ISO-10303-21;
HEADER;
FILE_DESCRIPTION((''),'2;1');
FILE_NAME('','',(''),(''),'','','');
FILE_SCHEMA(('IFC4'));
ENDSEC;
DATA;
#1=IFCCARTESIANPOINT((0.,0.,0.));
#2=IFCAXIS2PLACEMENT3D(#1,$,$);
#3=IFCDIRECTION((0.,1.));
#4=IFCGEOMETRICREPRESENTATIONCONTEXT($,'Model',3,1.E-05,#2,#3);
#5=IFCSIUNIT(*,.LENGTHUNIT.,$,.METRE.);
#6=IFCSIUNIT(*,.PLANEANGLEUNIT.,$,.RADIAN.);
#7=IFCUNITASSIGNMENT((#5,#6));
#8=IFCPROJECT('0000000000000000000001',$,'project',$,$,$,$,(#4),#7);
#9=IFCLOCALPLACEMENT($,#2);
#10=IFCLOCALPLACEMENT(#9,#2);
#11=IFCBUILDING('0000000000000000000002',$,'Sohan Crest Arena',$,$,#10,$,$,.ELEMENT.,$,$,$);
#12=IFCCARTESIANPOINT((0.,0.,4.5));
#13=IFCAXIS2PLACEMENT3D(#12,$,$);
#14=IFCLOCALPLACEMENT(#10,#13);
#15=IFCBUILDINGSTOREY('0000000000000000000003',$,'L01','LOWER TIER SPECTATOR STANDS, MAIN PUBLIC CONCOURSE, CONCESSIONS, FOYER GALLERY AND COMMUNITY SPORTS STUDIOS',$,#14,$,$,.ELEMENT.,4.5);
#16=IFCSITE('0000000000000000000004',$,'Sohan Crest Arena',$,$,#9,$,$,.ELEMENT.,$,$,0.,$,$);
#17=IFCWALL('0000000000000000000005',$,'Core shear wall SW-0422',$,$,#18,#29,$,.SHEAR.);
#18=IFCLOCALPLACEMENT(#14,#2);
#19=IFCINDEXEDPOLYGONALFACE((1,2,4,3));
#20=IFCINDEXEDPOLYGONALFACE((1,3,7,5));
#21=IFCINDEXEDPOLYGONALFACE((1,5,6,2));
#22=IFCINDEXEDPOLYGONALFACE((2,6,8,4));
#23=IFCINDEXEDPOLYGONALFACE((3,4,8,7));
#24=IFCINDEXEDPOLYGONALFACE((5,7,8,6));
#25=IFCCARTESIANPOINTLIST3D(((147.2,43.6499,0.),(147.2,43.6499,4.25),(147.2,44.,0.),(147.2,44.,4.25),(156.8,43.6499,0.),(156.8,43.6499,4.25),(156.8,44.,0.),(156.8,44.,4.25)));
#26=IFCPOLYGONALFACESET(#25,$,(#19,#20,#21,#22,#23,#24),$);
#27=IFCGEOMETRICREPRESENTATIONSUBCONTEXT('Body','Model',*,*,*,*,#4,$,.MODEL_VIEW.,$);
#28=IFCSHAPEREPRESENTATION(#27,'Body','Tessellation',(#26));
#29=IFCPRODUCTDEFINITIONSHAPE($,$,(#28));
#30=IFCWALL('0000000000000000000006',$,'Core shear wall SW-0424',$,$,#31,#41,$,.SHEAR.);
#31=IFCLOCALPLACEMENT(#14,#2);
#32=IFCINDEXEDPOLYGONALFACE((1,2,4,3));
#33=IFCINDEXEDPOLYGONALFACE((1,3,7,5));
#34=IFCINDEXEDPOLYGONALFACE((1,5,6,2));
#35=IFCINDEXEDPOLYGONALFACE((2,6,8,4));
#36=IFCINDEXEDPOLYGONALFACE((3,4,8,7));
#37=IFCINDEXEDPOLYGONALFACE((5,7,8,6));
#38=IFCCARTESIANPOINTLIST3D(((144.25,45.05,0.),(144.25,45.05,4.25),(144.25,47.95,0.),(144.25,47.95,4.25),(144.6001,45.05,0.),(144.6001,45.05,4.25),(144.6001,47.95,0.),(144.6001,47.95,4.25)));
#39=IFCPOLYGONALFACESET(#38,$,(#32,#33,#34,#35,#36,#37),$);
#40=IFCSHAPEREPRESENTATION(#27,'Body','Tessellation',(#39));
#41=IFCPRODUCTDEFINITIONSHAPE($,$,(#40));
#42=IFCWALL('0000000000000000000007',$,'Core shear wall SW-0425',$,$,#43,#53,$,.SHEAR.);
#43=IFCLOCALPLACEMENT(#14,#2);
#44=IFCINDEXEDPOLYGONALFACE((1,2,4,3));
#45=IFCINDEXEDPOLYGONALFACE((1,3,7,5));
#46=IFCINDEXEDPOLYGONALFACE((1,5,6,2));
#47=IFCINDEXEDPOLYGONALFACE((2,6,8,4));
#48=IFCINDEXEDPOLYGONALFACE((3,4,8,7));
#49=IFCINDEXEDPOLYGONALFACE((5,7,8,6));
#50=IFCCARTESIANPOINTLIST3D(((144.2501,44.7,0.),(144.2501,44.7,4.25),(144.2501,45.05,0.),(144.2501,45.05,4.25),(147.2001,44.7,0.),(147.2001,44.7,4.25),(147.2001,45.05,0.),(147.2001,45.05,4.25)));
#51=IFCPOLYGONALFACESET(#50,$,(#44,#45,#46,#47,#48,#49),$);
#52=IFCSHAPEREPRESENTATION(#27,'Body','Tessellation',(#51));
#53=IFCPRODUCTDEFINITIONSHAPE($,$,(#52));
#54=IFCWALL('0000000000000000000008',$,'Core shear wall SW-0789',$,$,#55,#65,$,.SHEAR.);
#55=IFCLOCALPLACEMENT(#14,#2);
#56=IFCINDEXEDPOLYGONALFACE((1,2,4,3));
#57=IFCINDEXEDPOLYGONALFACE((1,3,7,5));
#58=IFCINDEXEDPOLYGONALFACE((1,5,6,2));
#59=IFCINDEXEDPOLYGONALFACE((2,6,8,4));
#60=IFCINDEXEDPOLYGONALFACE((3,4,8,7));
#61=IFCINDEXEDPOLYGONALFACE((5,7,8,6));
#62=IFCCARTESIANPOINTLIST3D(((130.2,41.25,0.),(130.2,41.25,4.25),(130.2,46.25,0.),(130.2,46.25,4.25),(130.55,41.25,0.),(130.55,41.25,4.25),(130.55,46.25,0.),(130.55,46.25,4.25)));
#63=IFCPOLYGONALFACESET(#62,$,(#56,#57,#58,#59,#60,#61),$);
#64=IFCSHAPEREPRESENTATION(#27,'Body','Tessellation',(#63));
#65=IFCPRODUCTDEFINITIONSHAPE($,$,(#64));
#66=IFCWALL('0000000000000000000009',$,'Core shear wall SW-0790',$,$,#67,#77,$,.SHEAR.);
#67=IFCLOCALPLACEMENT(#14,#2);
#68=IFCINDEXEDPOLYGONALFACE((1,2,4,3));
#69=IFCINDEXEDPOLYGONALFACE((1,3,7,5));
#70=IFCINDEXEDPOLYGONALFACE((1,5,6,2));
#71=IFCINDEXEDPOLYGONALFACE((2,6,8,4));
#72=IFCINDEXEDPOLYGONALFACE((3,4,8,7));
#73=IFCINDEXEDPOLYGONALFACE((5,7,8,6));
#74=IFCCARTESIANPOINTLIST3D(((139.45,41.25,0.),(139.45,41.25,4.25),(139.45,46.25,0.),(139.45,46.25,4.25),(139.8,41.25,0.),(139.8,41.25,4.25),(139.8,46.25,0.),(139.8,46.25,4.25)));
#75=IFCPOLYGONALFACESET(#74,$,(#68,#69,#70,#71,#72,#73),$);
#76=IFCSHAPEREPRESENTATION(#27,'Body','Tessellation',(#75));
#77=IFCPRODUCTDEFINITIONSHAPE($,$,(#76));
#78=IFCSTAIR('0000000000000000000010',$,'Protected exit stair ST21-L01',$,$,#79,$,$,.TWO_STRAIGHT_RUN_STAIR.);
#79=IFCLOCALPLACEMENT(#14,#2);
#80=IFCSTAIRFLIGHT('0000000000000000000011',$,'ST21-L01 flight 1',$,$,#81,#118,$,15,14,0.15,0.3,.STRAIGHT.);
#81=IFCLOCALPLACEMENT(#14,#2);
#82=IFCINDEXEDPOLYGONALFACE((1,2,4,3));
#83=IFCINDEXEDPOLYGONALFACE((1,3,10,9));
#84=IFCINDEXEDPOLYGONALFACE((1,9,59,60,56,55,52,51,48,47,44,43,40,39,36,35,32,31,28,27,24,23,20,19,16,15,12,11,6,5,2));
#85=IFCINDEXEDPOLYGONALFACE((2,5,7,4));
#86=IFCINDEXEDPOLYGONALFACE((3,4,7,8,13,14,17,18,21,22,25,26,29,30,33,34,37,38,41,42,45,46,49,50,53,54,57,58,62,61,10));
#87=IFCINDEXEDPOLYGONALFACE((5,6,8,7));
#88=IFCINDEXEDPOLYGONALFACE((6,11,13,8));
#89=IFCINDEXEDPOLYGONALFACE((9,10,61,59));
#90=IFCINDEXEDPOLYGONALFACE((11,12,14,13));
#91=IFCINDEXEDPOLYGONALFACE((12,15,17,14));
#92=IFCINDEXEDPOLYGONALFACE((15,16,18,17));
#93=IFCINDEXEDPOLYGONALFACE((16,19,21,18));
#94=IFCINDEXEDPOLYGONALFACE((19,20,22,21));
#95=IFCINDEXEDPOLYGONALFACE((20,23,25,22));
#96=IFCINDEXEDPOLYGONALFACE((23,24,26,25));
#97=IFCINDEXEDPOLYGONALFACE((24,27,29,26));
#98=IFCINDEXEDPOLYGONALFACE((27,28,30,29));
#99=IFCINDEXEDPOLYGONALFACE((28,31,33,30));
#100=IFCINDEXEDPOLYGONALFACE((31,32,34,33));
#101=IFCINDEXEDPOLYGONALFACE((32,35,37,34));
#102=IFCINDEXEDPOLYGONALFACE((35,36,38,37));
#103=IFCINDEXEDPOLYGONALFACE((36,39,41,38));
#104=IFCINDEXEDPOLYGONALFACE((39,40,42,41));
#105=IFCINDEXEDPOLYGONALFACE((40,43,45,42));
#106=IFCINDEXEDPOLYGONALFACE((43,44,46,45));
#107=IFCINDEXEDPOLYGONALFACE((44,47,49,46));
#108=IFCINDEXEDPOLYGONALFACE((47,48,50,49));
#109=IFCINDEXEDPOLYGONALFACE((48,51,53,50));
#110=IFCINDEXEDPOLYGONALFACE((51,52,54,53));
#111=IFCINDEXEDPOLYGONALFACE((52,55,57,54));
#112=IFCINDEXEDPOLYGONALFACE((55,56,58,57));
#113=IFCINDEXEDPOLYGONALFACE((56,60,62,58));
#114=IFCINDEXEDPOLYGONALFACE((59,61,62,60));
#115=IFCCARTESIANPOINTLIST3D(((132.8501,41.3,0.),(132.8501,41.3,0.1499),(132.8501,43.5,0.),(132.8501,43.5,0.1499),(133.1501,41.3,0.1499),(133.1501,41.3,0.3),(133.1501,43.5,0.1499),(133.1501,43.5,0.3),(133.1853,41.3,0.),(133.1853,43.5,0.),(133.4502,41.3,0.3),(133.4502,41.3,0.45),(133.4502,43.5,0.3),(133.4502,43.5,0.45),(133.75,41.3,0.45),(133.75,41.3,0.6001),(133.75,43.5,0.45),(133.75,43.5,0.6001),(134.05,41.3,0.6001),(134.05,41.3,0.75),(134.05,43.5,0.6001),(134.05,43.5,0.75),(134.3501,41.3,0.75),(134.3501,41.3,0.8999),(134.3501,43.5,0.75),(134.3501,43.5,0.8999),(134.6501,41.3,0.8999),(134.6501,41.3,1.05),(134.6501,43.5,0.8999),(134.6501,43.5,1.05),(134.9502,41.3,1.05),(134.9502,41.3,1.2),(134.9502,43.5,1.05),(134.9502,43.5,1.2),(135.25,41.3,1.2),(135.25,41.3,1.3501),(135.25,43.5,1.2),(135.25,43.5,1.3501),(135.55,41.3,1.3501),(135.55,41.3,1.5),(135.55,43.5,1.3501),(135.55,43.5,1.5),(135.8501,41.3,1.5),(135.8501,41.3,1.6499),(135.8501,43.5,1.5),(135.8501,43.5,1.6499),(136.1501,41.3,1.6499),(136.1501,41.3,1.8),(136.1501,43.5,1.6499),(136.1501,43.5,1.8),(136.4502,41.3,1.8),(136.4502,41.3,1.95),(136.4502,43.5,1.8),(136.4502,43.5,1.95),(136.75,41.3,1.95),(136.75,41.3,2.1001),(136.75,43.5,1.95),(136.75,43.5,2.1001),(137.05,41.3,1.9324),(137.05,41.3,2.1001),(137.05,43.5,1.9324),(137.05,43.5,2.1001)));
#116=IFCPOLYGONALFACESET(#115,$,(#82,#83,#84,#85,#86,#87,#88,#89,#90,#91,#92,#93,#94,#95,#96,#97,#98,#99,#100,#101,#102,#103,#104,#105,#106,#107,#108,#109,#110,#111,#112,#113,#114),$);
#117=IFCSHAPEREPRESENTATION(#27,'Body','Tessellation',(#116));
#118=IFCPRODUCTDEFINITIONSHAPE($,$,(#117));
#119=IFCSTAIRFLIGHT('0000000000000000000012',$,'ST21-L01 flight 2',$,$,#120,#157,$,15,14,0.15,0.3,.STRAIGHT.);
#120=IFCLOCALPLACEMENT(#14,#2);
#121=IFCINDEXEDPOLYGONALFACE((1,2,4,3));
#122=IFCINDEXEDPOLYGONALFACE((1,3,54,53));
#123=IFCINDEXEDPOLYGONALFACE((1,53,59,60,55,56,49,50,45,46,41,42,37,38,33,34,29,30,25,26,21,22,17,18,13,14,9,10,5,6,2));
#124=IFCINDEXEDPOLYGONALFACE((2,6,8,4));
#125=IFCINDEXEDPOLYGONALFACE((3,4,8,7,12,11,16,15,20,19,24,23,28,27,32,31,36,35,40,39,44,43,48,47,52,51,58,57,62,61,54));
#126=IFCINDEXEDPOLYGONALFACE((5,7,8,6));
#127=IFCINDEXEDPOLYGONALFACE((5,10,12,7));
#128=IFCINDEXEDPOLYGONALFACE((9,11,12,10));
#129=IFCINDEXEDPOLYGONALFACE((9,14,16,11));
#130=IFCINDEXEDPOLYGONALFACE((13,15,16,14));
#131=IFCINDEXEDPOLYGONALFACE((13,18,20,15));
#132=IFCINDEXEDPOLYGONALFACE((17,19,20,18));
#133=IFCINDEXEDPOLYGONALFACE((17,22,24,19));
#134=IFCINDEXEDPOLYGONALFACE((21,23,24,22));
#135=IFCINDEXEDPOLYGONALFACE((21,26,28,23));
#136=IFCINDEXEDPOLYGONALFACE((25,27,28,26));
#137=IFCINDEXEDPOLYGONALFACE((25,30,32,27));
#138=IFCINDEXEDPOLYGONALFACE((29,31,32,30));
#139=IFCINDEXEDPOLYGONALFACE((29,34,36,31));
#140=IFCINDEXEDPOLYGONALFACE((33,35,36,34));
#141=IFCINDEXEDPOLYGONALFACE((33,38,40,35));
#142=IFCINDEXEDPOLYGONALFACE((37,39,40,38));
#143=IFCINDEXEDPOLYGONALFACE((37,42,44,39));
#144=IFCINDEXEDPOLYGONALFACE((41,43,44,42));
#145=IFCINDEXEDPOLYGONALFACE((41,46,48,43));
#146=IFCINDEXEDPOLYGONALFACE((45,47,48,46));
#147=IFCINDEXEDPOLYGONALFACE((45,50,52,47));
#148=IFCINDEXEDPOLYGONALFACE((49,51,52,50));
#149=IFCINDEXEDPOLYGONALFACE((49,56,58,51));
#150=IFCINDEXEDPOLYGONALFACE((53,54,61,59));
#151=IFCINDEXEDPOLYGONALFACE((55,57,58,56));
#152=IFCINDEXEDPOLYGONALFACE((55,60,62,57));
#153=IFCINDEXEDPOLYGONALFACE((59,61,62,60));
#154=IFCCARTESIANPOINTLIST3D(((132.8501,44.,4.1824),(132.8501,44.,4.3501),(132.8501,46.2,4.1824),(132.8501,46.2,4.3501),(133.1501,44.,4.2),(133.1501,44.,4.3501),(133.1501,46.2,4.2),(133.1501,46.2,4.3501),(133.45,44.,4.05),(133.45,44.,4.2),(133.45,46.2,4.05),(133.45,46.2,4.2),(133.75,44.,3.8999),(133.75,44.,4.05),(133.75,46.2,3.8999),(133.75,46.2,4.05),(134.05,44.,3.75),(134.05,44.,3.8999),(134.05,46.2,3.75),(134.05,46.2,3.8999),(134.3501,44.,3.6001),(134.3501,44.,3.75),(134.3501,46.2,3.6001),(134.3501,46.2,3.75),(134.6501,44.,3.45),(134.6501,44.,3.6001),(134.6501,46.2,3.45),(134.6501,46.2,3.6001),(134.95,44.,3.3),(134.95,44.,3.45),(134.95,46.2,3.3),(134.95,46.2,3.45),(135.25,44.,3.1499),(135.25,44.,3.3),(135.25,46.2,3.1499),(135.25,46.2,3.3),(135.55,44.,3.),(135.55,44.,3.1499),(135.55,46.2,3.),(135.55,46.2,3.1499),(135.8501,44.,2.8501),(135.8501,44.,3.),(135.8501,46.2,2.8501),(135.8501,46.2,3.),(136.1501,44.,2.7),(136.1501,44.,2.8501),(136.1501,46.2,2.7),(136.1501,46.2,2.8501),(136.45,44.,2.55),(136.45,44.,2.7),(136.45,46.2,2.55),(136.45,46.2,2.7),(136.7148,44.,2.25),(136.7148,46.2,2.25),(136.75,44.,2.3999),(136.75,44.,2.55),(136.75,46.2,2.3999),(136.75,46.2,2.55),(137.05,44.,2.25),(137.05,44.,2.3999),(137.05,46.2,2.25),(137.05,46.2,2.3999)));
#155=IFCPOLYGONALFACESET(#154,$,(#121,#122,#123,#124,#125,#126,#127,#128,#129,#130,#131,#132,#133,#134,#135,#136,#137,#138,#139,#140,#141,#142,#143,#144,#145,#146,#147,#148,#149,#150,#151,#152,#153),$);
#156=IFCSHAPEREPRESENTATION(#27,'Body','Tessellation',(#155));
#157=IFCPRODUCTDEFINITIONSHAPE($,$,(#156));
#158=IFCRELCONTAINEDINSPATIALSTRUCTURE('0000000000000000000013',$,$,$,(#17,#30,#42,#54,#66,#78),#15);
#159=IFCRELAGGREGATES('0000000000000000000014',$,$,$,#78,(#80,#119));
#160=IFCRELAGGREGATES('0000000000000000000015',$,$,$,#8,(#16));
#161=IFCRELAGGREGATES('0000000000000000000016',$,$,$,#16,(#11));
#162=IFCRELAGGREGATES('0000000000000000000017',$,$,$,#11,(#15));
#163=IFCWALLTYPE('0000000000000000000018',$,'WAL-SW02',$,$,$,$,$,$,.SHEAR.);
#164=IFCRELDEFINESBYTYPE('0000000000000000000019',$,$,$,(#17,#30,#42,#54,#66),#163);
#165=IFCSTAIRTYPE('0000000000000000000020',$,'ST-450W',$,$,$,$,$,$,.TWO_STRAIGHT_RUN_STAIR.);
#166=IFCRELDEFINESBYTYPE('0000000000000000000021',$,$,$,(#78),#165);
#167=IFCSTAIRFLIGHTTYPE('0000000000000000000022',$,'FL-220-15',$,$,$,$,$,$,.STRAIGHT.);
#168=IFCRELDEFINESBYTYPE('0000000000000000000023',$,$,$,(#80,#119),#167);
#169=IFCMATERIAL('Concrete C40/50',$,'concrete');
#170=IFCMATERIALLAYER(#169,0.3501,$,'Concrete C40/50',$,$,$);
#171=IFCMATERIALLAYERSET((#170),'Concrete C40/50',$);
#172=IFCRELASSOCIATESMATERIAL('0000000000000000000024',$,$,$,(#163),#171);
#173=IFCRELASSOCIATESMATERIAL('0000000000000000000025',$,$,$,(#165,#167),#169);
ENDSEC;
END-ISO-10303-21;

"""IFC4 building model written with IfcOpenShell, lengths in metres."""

from ifc_helpers import new_model, si_unit, direction, frame, frame_2d, origin, place, context, subcontext, project, spatial, polyline, rectangle, outline, extrude, material, layer, layer_set, type_object, element, aggregate, save


model = new_model("IFC4")

# Units and contexts
model_context = context("Model", 3, precision=1e-05, world=origin(), true_north=direction((0.0, 1.0)))
body_context = subcontext(model_context, "Body", "Model", "MODEL_VIEW")
ifc_project = project(units=[si_unit("LENGTHUNIT", "METRE"), si_unit("PLANEANGLEUNIT", "RADIAN")], contexts=[model_context])

# Site, building, storey
site_placement = place(None, origin())
site = spatial("IfcSite", under=ifc_project, at=site_placement, Name="Sohan Crest Arena", CompositionType="ELEMENT", RefElevation=0.0)
building_placement = place(site_placement, origin())
building = spatial("IfcBuilding", under=site, at=building_placement, Name="Sohan Crest Arena", CompositionType="ELEMENT")
storey_placement = place(building_placement, frame((0.0, 0.0, 4.5)))
storey = spatial("IfcBuildingStorey", under=building, at=storey_placement, Name="L01", Description="LOWER TIER SPECTATOR STANDS, MAIN PUBLIC CONCOURSE, CONCESSIONS, FOYER GALLERY AND COMMUNITY SPORTS STUDIOS", CompositionType="ELEMENT", Elevation=4.5)

# Walls
ifc_material_1 = material(Name="Concrete C40/50", Category="concrete")
ifc_layer_1 = layer(ifc_material_1, 0.3501, Name="Concrete C40/50")
ifc_layer_set_1 = layer_set([ifc_layer_1], Name="Concrete C40/50")
wall_type = type_object("IfcWallType", Name="WAL-SW02", PredefinedType="SHEAR", material=ifc_layer_set_1)
wall_1_placement = place(storey_placement, frame((147.2, 43.825, 0.0), z_axis=(0.0, 0.0, 1.0), x_axis=(1.0, 0.0, 0.0)))
element("IfcWall", 1, at=wall_1_placement, inside=storey, type_object=wall_type, Name="Core shear wall SW-0422", PredefinedType="SHEAR", context=body_context, shape_type="SweptSolid", body=[
    extrude(rectangle(XDim=9.6001, YDim=0.3501, at=frame_2d((4.8, 0.0))), origin(), (0.0, 0.0, 1.0), 4.25),
])
wall_2_placement = place(storey_placement, frame((144.425, 45.05, 0.0), z_axis=(0.0, 0.0, 1.0), x_axis=(0.0, 1.0, 0.0)))
element("IfcWall", 2, at=wall_2_placement, inside=storey, type_object=wall_type, Name="Core shear wall SW-0424", PredefinedType="SHEAR", context=body_context, shape_type="SweptSolid", body=[
    extrude(rectangle(XDim=2.8999, YDim=0.3501, at=frame_2d((1.45, 0.0))), origin(), (0.0, 0.0, 1.0), 4.25),
])
wall_3_placement = place(storey_placement, frame((144.25, 44.875, 0.0), z_axis=(0.0, 0.0, 1.0), x_axis=(1.0, 0.0, 0.0)))
element("IfcWall", 3, at=wall_3_placement, inside=storey, type_object=wall_type, Name="Core shear wall SW-0425", PredefinedType="SHEAR", context=body_context, shape_type="SweptSolid", body=[
    extrude(rectangle(XDim=2.95, YDim=0.3501, at=frame_2d((1.4751, 0.0))), origin(), (0.0, 0.0, 1.0), 4.25),
])
for number, where, z_axis, x_axis, name in (
    (4, (130.375, 41.25, 0.0), (0.0, 0.0, 1.0), (0.0, 1.0, 0.0), "Core shear wall SW-0789"),
    (5, (139.625, 41.25, 0.0), (0.0, 0.0, 1.0), (0.0, 1.0, 0.0), "Core shear wall SW-0790"),
):
    element("IfcWall", number, at=place(storey_placement, frame(where, z_axis=z_axis, x_axis=x_axis)), inside=storey, type_object=wall_type, Name=name, PredefinedType="SHEAR", context=body_context, shape_type="SweptSolid", body=[
        extrude(rectangle(XDim=5.0, YDim=0.3501, at=frame_2d((2.5, 0.0))), origin(), (0.0, 0.0, 1.0), 4.25),
    ])

# Stair, stair flights
stair_type = type_object("IfcStairType", Name="ST-450W", PredefinedType="TWO_STRAIGHT_RUN_STAIR", material=ifc_material_1)
stair_placement = place(storey_placement, origin())
stair = element("IfcStair", 6, at=stair_placement, inside=storey, type_object=stair_type, Name="Protected exit stair ST21-L01", PredefinedType="TWO_STRAIGHT_RUN_STAIR")
stair_flight_type = type_object("IfcStairFlightType", Name="FL-220-15", PredefinedType="STRAIGHT", material=ifc_material_1)
stair_flight_1_placement = place(storey_placement, frame((132.8501, 42.3999, 0.0), z_axis=(0.0, 0.0, 1.0), x_axis=(1.0, 0.0, 0.0)))
stair_flight_1 = element("IfcStairFlight", 7, at=stair_flight_1_placement, type_object=stair_flight_type, Name="ST21-L01 flight 1", NumberOfRisers=15, NumberOfTreads=14, PredefinedType="STRAIGHT", RiserHeight=0.15, TreadLength=0.3, context=body_context, shape_type="SweptSolid", body=[
    extrude(outline(polyline([(0.0, 0.0), (0.0, 0.1499), (0.3, 0.1499), (0.3, 0.3), (0.6001, 0.3), (0.6001, 0.45), (0.8999, 0.45), (0.8999, 0.6001), (1.2, 0.6001), (1.2, 0.75), (1.5, 0.75), (1.5, 0.8999), (1.8, 0.8999), (1.8, 1.05), (2.1001, 1.05), (2.1001, 1.2), (2.3999, 1.2), (2.3999, 1.3501), (2.7, 1.3501), (2.7, 1.5), (3.0, 1.5), (3.0, 1.6499), (3.3, 1.6499), (3.3, 1.8), (3.6001, 1.8), (3.6001, 1.95), (3.8999, 1.95), (3.8999, 2.1001), (4.2, 2.1001), (4.2, 2.25), (4.2, 1.9324), (0.3352, 0.0), (0.0, 0.0)])), frame((0.0, 1.1001, 0.0), z_axis=(0.0, -1.0, 0.0), x_axis=(1.0, 0.0, 0.0)), (0.0, 0.0, 1.0), 2.2),
])
stair_flight_2_placement = place(storey_placement, frame((137.05, 45.1001, 2.25), z_axis=(0.0, 0.0, 1.0), x_axis=(-1.0, 0.0, 0.0)))
stair_flight_2 = element("IfcStairFlight", 8, at=stair_flight_2_placement, type_object=stair_flight_type, Name="ST21-L01 flight 2", NumberOfRisers=15, NumberOfTreads=14, PredefinedType="STRAIGHT", RiserHeight=0.15, TreadLength=0.3, context=body_context, shape_type="SweptSolid", body=[
    extrude(outline(polyline([(0.0, 0.0), (0.0, 0.1499), (0.3, 0.1499), (0.3, 0.3), (0.6001, 0.3), (0.6001, 0.45), (0.8999, 0.45), (0.8999, 0.6001), (1.2, 0.6001), (1.2, 0.75), (1.5, 0.75), (1.5, 0.8999), (1.8, 0.8999), (1.8, 1.05), (2.1001, 1.05), (2.1001, 1.2), (2.3999, 1.2), (2.3999, 1.3501), (2.7, 1.3501), (2.7, 1.5), (3.0, 1.5), (3.0, 1.6499), (3.3, 1.6499), (3.3, 1.8), (3.6001, 1.8), (3.6001, 1.95), (3.8999, 1.95), (3.8999, 2.1001), (4.2, 2.1001), (4.2, 2.25), (4.2, 1.9324), (0.3352, 0.0), (0.0, 0.0)])), frame((0.0, 1.1001, 0.0), z_axis=(0.0, -1.0, 0.0), x_axis=(1.0, 0.0, 0.0)), (0.0, 0.0, 1.0), 2.2),
])
aggregate(stair, [stair_flight_1, stair_flight_2])

save(model, "model.ifc")
